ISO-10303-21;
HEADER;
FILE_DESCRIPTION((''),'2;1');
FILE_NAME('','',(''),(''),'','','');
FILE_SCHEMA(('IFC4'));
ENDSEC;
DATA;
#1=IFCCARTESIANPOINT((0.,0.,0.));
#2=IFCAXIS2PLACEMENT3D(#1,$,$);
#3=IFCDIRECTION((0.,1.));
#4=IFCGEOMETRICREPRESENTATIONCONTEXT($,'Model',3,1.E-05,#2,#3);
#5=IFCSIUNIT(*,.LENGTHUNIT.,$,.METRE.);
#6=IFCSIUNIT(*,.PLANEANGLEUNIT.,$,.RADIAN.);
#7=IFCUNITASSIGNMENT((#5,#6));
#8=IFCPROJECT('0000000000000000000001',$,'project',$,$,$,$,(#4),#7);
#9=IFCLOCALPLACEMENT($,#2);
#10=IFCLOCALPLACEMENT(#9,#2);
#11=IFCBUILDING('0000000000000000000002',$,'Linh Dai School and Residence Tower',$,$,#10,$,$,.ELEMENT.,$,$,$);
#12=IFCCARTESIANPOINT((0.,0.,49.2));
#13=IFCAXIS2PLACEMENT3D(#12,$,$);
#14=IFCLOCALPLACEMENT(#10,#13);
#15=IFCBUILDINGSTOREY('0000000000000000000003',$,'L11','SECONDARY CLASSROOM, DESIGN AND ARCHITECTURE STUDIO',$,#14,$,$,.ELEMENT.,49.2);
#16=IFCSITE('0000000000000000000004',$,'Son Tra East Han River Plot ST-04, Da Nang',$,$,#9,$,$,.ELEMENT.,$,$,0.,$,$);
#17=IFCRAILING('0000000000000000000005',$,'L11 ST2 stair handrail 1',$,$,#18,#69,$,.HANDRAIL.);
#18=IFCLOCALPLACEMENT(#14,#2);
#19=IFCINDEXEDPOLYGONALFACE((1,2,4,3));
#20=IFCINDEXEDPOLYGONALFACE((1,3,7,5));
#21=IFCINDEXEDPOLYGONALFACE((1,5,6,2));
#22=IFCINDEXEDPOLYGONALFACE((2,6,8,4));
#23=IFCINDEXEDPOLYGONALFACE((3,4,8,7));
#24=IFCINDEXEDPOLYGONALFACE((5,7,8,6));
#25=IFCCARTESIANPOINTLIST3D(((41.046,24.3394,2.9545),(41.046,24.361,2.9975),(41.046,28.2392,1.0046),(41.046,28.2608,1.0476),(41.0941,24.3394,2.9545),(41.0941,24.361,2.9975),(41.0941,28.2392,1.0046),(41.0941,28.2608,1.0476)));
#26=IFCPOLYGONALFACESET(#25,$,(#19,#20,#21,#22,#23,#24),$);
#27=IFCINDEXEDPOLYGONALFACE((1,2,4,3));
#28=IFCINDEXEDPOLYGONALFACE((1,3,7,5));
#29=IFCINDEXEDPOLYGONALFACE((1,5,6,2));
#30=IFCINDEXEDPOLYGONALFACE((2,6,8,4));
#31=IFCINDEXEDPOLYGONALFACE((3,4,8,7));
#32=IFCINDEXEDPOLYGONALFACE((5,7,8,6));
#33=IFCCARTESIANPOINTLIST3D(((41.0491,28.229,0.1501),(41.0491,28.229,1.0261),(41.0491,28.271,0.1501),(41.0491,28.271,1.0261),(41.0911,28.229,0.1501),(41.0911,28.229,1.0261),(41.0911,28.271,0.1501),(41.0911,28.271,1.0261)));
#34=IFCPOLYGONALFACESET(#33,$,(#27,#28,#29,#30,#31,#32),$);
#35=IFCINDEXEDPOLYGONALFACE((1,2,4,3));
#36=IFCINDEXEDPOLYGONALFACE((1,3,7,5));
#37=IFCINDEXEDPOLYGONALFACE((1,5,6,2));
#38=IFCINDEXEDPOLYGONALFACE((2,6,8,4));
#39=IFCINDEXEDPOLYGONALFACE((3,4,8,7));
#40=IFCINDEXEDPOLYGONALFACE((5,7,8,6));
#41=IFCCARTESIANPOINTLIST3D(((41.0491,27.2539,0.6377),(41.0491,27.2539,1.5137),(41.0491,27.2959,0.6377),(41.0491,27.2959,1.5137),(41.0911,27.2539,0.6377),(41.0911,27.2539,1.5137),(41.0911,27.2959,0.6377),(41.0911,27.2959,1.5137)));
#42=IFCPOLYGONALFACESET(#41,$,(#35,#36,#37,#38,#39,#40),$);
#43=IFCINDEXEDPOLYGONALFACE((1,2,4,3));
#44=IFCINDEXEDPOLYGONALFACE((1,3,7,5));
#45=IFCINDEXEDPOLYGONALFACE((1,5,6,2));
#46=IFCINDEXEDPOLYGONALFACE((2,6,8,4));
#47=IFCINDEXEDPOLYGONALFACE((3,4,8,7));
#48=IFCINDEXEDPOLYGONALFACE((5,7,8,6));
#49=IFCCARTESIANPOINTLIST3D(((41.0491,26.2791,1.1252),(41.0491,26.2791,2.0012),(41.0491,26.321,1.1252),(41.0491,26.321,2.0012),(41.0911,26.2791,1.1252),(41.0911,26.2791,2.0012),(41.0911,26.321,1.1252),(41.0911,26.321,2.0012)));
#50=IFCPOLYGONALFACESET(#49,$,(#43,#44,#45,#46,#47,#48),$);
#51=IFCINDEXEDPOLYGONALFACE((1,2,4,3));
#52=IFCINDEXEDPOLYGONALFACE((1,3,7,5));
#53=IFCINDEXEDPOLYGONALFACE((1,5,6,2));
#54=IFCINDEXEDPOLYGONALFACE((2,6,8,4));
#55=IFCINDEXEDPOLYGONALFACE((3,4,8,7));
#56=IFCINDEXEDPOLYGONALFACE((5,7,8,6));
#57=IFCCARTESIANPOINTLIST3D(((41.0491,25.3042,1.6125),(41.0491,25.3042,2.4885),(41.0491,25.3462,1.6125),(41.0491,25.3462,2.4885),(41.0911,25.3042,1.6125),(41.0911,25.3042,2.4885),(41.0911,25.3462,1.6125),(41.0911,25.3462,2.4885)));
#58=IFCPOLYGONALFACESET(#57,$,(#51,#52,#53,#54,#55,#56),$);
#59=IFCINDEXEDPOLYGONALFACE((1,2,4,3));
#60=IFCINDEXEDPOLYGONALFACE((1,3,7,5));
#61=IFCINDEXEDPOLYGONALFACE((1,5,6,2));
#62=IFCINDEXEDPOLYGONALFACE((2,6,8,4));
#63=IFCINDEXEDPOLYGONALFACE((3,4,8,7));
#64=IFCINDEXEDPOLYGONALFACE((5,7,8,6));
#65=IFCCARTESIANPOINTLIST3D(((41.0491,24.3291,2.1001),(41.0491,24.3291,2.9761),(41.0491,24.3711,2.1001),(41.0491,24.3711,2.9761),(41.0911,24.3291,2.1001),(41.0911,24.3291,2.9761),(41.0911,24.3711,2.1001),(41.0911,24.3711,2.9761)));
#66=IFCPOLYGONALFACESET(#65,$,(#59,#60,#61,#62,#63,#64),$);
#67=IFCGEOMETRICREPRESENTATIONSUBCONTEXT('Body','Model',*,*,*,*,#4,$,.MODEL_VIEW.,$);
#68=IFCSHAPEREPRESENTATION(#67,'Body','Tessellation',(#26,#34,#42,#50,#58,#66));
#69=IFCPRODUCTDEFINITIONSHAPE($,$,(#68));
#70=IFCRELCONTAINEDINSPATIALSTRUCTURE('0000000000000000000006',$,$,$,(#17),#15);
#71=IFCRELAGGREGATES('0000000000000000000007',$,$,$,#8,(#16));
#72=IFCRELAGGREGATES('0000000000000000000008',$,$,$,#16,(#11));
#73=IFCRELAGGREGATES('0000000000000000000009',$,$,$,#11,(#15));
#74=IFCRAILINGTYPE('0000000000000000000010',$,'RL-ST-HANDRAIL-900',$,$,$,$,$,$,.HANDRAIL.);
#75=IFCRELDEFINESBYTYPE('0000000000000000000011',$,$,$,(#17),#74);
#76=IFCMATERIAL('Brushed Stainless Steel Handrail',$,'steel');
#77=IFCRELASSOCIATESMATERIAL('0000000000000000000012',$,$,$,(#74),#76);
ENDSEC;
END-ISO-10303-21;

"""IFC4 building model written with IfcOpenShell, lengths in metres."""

from ifc_helpers import new_model, si_unit, direction, frame, origin, origin_2d, place, context, subcontext, project, spatial, rectangle, extrude, source, transform, mapped, material, type_object, element, save


model = new_model("IFC4")

# Units and contexts
model_context = context("Model", 3, precision=1e-05, world=origin(), true_north=direction((0.0, 1.0)))
body_context = subcontext(model_context, "Body", "Model", "MODEL_VIEW")
ifc_project = project(units=[si_unit("LENGTHUNIT", "METRE"), si_unit("PLANEANGLEUNIT", "RADIAN")], contexts=[model_context])

# Site, building, storey
site_placement = place(None, origin())
site = spatial("IfcSite", under=ifc_project, at=site_placement, Name="Son Tra East Han River Plot ST-04, Da Nang", CompositionType="ELEMENT", RefElevation=0.0)
building_placement = place(site_placement, origin())
building = spatial("IfcBuilding", under=site, at=building_placement, Name="Linh Dai School and Residence Tower", CompositionType="ELEMENT")
storey_placement = place(building_placement, frame((0.0, 0.0, 49.2)))
storey = spatial("IfcBuildingStorey", under=building, at=storey_placement, Name="L11", Description="SECONDARY CLASSROOM, DESIGN AND ARCHITECTURE STUDIO", CompositionType="ELEMENT", Elevation=49.2)

# Railing
ifc_material_1 = material(Name="Brushed Stainless Steel Handrail", Category="steel")
railing_type_1 = type_object("IfcRailingType", Name="RL-ST-HANDRAIL-900", PredefinedType="HANDRAIL", material=ifc_material_1)
shared_shape_1 = source(origin(), body_context, "Body", "SweptSolid", [
    extrude(rectangle(XDim=0.0481, YDim=0.0481, at=origin_2d()), frame((0.0, 0.0, 0.876), z_axis=(0.0, -0.894427, 0.447214), x_axis=(1.0, 0.0, 0.0)), (0.0, 0.0, 1.0), 4.3601),
    extrude(rectangle(XDim=0.042, YDim=0.042, at=origin_2d()), origin(), (0.0, 0.0, 1.0), 0.876),
    extrude(rectangle(XDim=0.042, YDim=0.042, at=origin_2d()), frame((0.0, -0.9751, 0.4875)), (0.0, 0.0, 1.0), 0.876),
    extrude(rectangle(XDim=0.042, YDim=0.042, at=origin_2d()), frame((0.0, -1.95, 0.9751)), (0.0, 0.0, 1.0), 0.876),
    extrude(rectangle(XDim=0.042, YDim=0.042, at=origin_2d()), frame((0.0, -2.9248, 1.4624)), (0.0, 0.0, 1.0), 0.876),
    extrude(rectangle(XDim=0.042, YDim=0.042, at=origin_2d()), frame((0.0, -3.8999, 1.95)), (0.0, 0.0, 1.0), 0.876),
])
railing_1_placement = place(storey_placement, frame((41.0701, 28.25, 0.1501)))
element("IfcRailing", 1, at=railing_1_placement, inside=storey, type_object=railing_type_1, Name="L11 ST2 stair handrail 1", PredefinedType="HANDRAIL", context=body_context, shape_type="MappedRepresentation", body=[
    mapped(shared_shape_1, transform((0.0, 0.0, 0.0), x_axis=(1.0, 0.0, 0.0), y_axis=(0.0, 1.0, 0.0), z_axis=(0.0, 0.0, 1.0), scale=1.0)),
])

save(model, "model.ifc")
